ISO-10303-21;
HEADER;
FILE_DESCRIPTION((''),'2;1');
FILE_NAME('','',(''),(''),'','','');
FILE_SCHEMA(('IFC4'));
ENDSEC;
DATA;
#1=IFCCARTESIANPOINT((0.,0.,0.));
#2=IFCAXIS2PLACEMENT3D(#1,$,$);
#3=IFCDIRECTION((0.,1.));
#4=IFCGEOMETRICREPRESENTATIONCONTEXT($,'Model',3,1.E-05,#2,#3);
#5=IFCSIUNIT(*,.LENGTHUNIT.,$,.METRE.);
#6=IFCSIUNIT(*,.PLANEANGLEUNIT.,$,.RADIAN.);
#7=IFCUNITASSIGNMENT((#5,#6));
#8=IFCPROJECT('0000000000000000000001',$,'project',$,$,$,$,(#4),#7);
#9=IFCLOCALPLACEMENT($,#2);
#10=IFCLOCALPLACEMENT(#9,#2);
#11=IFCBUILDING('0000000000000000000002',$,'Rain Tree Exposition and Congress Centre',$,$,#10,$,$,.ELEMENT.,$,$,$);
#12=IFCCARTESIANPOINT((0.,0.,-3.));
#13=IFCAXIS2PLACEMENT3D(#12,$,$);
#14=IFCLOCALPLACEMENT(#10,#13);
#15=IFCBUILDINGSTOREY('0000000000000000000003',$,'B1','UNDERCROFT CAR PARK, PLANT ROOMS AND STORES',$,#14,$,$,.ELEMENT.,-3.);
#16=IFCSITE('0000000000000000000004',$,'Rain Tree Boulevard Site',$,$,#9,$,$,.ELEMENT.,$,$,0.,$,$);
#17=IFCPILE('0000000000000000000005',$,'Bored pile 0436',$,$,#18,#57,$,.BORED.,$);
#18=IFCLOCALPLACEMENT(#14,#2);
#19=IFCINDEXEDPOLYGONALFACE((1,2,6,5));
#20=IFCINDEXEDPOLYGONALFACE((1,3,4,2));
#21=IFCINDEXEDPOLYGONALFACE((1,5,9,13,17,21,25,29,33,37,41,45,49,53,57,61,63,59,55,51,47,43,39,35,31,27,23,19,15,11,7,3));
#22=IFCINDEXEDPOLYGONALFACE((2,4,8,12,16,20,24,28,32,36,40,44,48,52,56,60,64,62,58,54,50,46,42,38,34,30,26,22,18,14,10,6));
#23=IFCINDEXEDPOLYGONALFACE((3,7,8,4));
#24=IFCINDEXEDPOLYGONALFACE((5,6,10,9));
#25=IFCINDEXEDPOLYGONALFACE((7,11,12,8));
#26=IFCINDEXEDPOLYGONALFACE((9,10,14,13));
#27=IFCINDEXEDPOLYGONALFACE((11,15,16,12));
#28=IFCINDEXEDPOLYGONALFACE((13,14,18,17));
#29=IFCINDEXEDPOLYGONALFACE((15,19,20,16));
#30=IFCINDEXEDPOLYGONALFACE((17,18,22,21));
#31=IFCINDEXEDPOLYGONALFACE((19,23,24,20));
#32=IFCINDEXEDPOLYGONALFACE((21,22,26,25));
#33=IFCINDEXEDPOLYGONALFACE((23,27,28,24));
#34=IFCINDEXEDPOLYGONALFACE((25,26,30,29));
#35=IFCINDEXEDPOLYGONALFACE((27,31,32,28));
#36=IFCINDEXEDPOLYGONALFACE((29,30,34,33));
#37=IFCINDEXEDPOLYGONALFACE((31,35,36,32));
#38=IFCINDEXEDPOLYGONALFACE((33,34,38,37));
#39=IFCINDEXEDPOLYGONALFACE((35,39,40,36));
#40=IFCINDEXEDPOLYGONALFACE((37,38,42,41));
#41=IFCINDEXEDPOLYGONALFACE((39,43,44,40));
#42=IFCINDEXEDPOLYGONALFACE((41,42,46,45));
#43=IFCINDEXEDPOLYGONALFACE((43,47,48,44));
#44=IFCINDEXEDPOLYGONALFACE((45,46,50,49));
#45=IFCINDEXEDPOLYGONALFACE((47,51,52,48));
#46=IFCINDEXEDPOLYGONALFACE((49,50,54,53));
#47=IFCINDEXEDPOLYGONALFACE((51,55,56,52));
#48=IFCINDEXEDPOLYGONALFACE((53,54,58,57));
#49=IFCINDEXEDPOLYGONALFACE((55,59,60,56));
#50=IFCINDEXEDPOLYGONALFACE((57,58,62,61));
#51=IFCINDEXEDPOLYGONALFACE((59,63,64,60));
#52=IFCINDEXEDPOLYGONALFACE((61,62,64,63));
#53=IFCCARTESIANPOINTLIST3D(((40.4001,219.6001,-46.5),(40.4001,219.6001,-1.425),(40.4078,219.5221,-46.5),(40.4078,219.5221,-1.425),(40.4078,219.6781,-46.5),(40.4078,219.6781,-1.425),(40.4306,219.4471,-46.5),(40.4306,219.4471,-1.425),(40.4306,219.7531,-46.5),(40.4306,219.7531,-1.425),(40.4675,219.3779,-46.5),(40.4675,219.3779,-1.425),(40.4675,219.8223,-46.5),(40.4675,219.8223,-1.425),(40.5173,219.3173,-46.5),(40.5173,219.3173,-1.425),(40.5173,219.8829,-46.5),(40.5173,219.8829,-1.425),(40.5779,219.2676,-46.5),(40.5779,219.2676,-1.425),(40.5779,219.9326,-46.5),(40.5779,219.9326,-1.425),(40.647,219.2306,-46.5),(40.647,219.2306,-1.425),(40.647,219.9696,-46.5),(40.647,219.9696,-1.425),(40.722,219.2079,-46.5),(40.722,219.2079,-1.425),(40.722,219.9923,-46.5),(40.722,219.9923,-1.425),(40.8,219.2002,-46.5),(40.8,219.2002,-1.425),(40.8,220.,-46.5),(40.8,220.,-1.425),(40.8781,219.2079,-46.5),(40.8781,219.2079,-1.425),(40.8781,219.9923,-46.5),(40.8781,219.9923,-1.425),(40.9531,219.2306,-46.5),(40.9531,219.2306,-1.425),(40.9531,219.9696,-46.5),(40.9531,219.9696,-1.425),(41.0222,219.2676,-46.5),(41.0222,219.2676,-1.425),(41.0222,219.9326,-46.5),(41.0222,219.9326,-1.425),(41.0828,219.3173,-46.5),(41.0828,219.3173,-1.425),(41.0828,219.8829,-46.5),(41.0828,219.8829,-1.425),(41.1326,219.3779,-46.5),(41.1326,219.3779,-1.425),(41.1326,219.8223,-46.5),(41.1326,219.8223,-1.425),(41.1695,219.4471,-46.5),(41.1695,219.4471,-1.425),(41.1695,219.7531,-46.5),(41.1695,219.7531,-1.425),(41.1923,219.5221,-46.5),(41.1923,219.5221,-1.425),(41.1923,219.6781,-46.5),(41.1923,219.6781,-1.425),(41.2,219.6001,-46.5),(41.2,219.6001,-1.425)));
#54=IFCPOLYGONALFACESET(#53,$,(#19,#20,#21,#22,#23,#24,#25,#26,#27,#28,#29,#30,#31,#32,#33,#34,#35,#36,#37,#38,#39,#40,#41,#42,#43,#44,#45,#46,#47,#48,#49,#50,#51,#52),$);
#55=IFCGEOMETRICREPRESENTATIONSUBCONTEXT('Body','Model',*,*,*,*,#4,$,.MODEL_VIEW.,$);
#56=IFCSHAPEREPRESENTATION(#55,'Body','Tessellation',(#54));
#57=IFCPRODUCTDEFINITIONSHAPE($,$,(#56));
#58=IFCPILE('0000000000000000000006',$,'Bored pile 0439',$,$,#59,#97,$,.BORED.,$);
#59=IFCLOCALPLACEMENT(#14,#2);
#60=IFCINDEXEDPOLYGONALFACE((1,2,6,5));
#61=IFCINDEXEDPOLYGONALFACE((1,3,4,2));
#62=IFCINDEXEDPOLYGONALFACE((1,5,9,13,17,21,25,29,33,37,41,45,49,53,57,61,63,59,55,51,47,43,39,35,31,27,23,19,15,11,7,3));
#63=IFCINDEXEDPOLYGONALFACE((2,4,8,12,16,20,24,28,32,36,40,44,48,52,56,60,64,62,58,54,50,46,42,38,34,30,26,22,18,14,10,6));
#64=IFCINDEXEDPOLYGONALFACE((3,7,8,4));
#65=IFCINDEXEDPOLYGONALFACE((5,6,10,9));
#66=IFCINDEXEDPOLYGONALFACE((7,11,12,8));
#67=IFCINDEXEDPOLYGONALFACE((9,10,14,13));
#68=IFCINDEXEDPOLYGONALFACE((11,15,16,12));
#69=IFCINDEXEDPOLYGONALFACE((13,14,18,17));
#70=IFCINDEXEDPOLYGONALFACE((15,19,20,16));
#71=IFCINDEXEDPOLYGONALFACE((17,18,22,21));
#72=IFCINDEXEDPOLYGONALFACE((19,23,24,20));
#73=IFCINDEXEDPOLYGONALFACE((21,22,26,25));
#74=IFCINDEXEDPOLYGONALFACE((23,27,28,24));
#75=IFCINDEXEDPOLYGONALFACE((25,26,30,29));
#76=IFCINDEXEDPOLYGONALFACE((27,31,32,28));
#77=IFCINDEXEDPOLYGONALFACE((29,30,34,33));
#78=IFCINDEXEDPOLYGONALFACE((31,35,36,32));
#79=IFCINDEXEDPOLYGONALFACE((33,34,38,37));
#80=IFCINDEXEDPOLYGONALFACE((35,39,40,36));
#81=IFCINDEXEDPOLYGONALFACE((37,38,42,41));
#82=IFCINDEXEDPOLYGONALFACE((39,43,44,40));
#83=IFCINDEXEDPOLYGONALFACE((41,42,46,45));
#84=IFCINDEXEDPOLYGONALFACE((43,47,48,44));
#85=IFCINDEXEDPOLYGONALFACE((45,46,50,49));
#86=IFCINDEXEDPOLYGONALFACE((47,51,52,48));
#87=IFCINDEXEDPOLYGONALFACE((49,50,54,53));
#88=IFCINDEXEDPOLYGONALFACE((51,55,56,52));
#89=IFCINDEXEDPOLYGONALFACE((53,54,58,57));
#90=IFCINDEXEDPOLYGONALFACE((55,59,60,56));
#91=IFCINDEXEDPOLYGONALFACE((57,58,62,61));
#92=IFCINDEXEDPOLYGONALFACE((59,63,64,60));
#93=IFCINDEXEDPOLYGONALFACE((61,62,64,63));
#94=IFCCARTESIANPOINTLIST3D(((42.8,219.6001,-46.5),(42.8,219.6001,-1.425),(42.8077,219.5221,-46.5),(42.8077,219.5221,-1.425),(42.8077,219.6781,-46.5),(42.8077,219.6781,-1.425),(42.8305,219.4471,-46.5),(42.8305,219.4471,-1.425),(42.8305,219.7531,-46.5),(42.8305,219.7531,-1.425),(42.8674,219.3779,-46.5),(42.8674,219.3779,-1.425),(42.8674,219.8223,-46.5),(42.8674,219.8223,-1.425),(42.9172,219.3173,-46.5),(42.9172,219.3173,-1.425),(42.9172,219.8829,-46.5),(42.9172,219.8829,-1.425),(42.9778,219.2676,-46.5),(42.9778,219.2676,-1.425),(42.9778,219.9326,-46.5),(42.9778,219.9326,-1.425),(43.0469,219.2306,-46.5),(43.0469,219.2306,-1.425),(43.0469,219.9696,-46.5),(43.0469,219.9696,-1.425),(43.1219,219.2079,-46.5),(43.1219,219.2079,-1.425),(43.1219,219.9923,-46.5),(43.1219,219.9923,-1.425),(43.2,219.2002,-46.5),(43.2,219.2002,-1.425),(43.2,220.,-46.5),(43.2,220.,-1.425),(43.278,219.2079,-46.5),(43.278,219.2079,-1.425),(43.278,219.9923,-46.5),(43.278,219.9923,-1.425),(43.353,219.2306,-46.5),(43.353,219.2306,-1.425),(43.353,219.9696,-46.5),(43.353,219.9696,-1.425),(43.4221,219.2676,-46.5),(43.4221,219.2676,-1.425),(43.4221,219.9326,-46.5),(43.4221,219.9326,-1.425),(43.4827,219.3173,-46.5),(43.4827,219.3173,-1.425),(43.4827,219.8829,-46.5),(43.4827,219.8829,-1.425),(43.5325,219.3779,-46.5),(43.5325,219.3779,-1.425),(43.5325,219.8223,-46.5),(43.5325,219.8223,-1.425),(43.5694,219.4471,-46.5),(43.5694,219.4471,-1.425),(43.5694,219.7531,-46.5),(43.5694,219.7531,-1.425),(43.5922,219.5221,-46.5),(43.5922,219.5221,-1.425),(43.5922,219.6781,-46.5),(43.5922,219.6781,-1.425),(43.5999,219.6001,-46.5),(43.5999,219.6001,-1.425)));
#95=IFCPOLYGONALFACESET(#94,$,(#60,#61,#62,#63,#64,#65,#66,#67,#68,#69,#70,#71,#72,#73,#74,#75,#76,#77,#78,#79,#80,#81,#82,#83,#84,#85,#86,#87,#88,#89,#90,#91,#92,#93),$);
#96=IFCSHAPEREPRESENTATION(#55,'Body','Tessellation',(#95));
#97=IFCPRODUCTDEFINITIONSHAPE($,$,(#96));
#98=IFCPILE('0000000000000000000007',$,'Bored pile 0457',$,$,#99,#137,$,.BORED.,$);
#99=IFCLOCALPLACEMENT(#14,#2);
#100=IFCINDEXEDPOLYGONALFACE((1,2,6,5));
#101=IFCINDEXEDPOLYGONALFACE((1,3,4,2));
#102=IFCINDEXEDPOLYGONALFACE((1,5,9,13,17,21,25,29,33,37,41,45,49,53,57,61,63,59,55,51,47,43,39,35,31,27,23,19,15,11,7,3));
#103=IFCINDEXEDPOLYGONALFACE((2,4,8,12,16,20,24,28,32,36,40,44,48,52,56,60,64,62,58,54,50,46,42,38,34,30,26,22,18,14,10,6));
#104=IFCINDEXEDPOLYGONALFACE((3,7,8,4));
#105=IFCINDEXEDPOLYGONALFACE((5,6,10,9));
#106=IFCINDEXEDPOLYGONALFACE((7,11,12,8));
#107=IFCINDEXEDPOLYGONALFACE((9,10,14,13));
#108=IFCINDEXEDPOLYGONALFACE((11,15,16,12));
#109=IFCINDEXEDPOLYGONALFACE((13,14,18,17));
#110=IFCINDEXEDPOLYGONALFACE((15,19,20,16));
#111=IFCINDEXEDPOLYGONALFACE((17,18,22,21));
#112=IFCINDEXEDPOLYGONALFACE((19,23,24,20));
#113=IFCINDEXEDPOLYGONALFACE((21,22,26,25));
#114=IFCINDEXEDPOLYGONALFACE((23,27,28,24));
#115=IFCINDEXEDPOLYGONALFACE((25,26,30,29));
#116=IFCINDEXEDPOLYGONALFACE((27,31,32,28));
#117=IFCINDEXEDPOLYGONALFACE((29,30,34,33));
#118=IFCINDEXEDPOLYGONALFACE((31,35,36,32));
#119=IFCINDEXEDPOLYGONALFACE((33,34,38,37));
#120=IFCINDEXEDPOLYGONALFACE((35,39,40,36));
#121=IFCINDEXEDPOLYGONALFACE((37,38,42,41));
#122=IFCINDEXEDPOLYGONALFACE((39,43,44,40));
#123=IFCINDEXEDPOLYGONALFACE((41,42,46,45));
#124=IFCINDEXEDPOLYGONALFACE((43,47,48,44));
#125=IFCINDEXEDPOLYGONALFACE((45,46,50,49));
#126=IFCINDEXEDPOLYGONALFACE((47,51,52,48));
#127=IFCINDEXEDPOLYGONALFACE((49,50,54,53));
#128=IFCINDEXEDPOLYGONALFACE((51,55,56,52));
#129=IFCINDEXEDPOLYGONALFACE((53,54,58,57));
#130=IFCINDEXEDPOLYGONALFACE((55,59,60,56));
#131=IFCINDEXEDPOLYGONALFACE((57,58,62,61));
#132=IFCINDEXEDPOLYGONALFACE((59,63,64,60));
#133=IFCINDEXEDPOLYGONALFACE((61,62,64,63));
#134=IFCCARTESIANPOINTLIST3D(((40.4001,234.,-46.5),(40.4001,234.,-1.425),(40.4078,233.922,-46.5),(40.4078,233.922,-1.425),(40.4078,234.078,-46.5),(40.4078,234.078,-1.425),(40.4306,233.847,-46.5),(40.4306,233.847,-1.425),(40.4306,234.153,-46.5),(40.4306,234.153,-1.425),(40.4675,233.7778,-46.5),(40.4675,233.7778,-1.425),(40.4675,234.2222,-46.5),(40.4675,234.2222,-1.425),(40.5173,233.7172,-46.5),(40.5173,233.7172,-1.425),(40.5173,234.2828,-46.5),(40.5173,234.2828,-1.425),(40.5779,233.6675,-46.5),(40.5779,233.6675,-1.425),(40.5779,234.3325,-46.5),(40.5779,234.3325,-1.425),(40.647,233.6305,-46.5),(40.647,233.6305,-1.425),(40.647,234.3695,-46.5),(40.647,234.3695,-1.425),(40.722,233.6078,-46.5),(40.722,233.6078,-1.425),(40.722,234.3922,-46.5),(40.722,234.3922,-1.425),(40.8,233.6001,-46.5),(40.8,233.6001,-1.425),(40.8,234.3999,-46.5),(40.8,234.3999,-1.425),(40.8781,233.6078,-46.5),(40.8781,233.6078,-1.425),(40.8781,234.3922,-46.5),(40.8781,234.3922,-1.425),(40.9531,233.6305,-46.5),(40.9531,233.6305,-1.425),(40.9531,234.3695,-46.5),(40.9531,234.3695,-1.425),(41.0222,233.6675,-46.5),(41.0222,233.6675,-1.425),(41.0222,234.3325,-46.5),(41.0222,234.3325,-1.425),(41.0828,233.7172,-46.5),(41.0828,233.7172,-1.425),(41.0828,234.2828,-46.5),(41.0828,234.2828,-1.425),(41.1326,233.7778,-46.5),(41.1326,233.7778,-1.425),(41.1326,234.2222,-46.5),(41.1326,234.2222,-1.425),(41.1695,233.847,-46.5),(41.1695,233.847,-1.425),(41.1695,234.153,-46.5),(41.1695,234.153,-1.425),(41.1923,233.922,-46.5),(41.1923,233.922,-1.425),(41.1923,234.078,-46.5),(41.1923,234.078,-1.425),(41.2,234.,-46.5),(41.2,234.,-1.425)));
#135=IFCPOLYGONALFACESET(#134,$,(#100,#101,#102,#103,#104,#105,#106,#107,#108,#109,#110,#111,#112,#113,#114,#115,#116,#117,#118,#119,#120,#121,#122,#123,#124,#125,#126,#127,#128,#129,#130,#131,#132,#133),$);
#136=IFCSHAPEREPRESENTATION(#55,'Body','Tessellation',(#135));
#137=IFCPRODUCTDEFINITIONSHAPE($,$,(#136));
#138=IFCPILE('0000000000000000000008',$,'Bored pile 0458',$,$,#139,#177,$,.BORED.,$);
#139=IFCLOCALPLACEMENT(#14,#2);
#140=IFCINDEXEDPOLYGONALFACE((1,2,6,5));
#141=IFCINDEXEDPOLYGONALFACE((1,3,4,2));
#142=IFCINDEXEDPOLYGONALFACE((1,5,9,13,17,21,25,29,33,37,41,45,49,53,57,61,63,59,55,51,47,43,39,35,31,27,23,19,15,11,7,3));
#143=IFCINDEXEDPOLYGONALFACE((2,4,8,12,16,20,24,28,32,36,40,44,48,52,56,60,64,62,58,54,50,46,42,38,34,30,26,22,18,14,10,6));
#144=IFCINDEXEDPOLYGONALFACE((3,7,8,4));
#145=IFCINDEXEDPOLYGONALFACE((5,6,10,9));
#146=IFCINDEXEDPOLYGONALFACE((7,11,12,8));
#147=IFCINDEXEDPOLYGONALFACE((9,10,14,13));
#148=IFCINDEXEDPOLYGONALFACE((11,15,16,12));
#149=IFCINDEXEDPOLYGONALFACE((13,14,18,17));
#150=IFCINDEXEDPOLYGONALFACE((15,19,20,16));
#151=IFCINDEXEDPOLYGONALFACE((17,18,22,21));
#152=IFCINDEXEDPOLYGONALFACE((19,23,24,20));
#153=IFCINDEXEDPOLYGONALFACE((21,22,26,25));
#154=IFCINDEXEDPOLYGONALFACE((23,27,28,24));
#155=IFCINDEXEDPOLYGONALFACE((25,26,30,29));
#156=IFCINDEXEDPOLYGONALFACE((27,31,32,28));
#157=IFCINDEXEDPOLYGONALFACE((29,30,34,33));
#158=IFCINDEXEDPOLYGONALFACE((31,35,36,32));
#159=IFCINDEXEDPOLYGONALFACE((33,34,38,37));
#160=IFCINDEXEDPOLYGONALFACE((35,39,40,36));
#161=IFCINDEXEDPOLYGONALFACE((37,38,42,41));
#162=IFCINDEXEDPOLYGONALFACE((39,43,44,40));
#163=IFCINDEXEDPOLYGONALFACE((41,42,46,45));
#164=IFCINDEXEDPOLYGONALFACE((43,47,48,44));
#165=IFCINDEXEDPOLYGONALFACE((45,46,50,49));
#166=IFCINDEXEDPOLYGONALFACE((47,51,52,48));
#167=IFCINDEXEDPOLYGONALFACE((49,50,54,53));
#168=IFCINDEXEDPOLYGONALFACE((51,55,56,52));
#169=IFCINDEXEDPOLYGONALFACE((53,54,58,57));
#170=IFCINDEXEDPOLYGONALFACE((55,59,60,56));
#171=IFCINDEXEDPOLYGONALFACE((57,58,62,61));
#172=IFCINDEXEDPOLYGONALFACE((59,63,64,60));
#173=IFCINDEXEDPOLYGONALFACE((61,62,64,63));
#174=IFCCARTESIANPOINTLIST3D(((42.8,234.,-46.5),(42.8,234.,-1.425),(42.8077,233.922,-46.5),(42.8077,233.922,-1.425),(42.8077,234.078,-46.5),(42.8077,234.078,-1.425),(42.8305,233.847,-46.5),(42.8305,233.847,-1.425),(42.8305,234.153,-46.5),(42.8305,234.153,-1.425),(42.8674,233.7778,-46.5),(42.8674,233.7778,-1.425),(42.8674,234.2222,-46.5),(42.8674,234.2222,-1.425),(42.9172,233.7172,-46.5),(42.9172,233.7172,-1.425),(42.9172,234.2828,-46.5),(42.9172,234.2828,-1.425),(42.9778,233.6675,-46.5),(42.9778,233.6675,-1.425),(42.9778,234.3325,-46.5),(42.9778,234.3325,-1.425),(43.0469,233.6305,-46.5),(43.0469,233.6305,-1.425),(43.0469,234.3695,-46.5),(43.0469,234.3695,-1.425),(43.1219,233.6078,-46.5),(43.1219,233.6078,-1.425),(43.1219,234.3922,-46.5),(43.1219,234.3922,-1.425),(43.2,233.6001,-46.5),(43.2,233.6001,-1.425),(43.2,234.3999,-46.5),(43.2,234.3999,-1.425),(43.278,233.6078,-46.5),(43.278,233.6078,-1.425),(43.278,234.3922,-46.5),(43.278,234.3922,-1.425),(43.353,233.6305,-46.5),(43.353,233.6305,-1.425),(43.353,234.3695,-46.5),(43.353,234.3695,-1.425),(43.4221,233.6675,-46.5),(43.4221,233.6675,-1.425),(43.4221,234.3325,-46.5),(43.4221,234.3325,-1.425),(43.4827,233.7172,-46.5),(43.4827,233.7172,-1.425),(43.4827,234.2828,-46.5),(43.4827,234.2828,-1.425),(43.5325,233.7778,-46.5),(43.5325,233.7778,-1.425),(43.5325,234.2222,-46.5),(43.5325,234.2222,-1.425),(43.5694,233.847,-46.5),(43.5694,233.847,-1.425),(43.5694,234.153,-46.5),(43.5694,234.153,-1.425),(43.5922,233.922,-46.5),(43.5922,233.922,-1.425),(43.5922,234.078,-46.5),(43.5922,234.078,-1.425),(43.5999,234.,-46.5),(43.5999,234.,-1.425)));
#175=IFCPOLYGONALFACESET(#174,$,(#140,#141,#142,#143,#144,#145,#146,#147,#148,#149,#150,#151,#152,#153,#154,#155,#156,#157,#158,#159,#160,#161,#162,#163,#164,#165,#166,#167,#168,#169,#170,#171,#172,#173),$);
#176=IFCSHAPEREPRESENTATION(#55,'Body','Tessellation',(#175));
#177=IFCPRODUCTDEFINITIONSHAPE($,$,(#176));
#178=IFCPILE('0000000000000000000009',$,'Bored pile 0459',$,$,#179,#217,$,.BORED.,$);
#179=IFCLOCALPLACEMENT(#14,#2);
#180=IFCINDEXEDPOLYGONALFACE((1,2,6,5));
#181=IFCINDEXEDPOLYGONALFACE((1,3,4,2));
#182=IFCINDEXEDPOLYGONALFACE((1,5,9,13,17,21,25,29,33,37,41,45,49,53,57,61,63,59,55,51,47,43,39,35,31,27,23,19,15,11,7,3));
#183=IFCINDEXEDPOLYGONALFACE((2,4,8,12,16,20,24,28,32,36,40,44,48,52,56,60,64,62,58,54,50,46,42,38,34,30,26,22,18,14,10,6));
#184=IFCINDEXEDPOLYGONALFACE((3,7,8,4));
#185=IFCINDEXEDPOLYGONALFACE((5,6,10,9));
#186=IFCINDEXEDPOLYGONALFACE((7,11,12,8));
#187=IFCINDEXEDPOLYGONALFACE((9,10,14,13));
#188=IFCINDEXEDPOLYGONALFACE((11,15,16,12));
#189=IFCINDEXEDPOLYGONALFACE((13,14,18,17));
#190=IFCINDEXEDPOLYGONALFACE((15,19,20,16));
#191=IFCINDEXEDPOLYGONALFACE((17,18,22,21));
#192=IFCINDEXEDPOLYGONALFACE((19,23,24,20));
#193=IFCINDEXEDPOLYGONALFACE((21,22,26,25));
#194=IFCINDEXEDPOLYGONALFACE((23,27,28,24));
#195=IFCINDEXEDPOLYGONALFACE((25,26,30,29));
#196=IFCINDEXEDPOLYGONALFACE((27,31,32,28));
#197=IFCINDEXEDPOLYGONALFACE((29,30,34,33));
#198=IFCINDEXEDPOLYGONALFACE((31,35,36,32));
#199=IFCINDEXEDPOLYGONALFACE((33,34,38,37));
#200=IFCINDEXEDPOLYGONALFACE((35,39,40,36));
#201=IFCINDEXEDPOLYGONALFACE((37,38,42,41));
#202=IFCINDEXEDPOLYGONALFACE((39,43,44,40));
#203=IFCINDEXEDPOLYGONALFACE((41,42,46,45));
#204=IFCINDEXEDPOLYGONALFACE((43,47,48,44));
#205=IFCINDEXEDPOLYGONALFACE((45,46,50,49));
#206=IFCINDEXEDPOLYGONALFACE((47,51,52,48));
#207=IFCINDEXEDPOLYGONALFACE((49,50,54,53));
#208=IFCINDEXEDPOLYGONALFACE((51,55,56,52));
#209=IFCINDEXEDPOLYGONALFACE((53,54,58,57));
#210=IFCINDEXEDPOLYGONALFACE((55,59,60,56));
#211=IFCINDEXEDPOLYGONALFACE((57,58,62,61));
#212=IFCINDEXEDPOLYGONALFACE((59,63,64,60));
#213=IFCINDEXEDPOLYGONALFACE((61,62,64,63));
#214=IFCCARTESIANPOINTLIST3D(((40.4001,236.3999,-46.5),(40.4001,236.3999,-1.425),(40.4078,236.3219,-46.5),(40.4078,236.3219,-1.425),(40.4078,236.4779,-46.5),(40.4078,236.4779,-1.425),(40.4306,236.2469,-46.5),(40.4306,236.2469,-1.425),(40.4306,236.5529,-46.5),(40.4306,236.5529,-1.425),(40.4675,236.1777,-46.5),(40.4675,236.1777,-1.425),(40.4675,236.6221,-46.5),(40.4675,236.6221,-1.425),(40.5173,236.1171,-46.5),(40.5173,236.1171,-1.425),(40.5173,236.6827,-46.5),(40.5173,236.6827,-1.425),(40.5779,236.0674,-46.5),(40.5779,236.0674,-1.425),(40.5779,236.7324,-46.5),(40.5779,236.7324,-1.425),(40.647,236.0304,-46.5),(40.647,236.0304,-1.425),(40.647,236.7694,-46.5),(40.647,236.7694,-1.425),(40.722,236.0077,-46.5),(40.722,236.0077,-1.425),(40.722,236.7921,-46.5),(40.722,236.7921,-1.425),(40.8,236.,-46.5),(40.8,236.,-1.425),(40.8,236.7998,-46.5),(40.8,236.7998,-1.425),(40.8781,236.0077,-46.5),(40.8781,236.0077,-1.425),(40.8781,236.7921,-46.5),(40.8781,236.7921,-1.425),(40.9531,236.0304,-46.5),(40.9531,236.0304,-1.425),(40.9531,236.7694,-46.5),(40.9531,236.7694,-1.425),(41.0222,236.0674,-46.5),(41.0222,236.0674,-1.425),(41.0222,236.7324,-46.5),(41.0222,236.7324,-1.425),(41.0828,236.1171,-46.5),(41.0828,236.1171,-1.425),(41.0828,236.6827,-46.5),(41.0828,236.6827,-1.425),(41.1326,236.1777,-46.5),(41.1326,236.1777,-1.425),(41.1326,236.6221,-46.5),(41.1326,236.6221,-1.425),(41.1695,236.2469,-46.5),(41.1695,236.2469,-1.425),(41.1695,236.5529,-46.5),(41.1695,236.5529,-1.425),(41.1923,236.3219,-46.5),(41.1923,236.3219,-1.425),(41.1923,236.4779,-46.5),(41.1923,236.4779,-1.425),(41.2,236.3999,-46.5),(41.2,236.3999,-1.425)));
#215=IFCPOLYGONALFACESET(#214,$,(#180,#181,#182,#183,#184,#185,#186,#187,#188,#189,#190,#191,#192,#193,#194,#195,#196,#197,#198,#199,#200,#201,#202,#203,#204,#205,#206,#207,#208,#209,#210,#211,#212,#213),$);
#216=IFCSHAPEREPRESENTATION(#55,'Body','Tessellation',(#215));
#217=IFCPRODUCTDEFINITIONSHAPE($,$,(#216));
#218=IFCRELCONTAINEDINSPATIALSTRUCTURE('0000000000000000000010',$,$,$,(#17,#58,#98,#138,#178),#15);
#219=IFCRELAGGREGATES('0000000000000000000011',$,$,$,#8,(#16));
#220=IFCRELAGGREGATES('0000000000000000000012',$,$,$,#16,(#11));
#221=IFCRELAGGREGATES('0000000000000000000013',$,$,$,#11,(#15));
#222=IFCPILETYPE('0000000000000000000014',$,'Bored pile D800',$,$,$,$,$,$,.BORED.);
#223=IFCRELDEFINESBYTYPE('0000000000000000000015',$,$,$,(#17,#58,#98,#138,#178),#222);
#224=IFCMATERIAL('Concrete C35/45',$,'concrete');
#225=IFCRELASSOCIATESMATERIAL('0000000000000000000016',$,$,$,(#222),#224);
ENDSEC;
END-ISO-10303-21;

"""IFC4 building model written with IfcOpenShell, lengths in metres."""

from ifc_helpers import new_model, si_unit, direction, frame, origin, origin_2d, place, context, subcontext, project, spatial, circle, extrude, material, material_profile, profile_set, type_object, element, save


model = new_model("IFC4")

# Units and contexts
model_context = context("Model", 3, precision=1e-05, world=origin(), true_north=direction((0.0, 1.0)))
body_context = subcontext(model_context, "Body", "Model", "MODEL_VIEW")
ifc_project = project(units=[si_unit("LENGTHUNIT", "METRE"), si_unit("PLANEANGLEUNIT", "RADIAN")], contexts=[model_context])

# Site, building, storey
site_placement = place(None, origin())
site = spatial("IfcSite", under=ifc_project, at=site_placement, Name="Rain Tree Boulevard Site", CompositionType="ELEMENT", RefElevation=0.0)
building_placement = place(site_placement, origin())
building = spatial("IfcBuilding", under=site, at=building_placement, Name="Rain Tree Exposition and Congress Centre", CompositionType="ELEMENT")
storey_placement = place(building_placement, frame((0.0, 0.0, -3.0)))
storey = spatial("IfcBuildingStorey", under=building, at=storey_placement, Name="B1", Description="UNDERCROFT CAR PARK, PLANT ROOMS AND STORES", CompositionType="ELEMENT", Elevation=-3.0)

# Piles
ifc_material_1 = material(Name="Concrete C35/45", Category="concrete")
ifc_material_profile_1 = material_profile(ifc_material_1, circle(Radius=0.3999, at=origin_2d()), Name="D800")
ifc_profile_set_1 = profile_set([ifc_material_profile_1], Name="Concrete C35/45")
pile_type_1 = type_object("IfcPileType", Name="Bored pile D800", PredefinedType="BORED", material=ifc_profile_set_1)
for number, where, z_axis, x_axis, name in (
    (1, (40.8, 219.6001, -1.425), (0.0, 0.0, -1.0), (1.0, 0.0, 0.0), "Bored pile 0436"),
    (2, (43.2, 219.6001, -1.425), (0.0, 0.0, -1.0), (1.0, 0.0, 0.0), "Bored pile 0439"),
    (3, (40.8, 234.0, -1.425), (0.0, 0.0, -1.0), (1.0, 0.0, 0.0), "Bored pile 0457"),
    (4, (43.2, 234.0, -1.425), (0.0, 0.0, -1.0), (1.0, 0.0, 0.0), "Bored pile 0458"),
    (5, (40.8, 236.3999, -1.425), (0.0, 0.0, -1.0), (1.0, 0.0, 0.0), "Bored pile 0459"),
):
    element("IfcPile", number, at=place(storey_placement, frame(where, z_axis=z_axis, x_axis=x_axis)), inside=storey, type_object=pile_type_1, Name=name, PredefinedType="BORED", context=body_context, shape_type="SweptSolid", body=[
        extrude(circle(Radius=0.3999, at=origin_2d()), origin(), (0.0, 0.0, 1.0), 45.075),
    ])

save(model, "model.ifc")
